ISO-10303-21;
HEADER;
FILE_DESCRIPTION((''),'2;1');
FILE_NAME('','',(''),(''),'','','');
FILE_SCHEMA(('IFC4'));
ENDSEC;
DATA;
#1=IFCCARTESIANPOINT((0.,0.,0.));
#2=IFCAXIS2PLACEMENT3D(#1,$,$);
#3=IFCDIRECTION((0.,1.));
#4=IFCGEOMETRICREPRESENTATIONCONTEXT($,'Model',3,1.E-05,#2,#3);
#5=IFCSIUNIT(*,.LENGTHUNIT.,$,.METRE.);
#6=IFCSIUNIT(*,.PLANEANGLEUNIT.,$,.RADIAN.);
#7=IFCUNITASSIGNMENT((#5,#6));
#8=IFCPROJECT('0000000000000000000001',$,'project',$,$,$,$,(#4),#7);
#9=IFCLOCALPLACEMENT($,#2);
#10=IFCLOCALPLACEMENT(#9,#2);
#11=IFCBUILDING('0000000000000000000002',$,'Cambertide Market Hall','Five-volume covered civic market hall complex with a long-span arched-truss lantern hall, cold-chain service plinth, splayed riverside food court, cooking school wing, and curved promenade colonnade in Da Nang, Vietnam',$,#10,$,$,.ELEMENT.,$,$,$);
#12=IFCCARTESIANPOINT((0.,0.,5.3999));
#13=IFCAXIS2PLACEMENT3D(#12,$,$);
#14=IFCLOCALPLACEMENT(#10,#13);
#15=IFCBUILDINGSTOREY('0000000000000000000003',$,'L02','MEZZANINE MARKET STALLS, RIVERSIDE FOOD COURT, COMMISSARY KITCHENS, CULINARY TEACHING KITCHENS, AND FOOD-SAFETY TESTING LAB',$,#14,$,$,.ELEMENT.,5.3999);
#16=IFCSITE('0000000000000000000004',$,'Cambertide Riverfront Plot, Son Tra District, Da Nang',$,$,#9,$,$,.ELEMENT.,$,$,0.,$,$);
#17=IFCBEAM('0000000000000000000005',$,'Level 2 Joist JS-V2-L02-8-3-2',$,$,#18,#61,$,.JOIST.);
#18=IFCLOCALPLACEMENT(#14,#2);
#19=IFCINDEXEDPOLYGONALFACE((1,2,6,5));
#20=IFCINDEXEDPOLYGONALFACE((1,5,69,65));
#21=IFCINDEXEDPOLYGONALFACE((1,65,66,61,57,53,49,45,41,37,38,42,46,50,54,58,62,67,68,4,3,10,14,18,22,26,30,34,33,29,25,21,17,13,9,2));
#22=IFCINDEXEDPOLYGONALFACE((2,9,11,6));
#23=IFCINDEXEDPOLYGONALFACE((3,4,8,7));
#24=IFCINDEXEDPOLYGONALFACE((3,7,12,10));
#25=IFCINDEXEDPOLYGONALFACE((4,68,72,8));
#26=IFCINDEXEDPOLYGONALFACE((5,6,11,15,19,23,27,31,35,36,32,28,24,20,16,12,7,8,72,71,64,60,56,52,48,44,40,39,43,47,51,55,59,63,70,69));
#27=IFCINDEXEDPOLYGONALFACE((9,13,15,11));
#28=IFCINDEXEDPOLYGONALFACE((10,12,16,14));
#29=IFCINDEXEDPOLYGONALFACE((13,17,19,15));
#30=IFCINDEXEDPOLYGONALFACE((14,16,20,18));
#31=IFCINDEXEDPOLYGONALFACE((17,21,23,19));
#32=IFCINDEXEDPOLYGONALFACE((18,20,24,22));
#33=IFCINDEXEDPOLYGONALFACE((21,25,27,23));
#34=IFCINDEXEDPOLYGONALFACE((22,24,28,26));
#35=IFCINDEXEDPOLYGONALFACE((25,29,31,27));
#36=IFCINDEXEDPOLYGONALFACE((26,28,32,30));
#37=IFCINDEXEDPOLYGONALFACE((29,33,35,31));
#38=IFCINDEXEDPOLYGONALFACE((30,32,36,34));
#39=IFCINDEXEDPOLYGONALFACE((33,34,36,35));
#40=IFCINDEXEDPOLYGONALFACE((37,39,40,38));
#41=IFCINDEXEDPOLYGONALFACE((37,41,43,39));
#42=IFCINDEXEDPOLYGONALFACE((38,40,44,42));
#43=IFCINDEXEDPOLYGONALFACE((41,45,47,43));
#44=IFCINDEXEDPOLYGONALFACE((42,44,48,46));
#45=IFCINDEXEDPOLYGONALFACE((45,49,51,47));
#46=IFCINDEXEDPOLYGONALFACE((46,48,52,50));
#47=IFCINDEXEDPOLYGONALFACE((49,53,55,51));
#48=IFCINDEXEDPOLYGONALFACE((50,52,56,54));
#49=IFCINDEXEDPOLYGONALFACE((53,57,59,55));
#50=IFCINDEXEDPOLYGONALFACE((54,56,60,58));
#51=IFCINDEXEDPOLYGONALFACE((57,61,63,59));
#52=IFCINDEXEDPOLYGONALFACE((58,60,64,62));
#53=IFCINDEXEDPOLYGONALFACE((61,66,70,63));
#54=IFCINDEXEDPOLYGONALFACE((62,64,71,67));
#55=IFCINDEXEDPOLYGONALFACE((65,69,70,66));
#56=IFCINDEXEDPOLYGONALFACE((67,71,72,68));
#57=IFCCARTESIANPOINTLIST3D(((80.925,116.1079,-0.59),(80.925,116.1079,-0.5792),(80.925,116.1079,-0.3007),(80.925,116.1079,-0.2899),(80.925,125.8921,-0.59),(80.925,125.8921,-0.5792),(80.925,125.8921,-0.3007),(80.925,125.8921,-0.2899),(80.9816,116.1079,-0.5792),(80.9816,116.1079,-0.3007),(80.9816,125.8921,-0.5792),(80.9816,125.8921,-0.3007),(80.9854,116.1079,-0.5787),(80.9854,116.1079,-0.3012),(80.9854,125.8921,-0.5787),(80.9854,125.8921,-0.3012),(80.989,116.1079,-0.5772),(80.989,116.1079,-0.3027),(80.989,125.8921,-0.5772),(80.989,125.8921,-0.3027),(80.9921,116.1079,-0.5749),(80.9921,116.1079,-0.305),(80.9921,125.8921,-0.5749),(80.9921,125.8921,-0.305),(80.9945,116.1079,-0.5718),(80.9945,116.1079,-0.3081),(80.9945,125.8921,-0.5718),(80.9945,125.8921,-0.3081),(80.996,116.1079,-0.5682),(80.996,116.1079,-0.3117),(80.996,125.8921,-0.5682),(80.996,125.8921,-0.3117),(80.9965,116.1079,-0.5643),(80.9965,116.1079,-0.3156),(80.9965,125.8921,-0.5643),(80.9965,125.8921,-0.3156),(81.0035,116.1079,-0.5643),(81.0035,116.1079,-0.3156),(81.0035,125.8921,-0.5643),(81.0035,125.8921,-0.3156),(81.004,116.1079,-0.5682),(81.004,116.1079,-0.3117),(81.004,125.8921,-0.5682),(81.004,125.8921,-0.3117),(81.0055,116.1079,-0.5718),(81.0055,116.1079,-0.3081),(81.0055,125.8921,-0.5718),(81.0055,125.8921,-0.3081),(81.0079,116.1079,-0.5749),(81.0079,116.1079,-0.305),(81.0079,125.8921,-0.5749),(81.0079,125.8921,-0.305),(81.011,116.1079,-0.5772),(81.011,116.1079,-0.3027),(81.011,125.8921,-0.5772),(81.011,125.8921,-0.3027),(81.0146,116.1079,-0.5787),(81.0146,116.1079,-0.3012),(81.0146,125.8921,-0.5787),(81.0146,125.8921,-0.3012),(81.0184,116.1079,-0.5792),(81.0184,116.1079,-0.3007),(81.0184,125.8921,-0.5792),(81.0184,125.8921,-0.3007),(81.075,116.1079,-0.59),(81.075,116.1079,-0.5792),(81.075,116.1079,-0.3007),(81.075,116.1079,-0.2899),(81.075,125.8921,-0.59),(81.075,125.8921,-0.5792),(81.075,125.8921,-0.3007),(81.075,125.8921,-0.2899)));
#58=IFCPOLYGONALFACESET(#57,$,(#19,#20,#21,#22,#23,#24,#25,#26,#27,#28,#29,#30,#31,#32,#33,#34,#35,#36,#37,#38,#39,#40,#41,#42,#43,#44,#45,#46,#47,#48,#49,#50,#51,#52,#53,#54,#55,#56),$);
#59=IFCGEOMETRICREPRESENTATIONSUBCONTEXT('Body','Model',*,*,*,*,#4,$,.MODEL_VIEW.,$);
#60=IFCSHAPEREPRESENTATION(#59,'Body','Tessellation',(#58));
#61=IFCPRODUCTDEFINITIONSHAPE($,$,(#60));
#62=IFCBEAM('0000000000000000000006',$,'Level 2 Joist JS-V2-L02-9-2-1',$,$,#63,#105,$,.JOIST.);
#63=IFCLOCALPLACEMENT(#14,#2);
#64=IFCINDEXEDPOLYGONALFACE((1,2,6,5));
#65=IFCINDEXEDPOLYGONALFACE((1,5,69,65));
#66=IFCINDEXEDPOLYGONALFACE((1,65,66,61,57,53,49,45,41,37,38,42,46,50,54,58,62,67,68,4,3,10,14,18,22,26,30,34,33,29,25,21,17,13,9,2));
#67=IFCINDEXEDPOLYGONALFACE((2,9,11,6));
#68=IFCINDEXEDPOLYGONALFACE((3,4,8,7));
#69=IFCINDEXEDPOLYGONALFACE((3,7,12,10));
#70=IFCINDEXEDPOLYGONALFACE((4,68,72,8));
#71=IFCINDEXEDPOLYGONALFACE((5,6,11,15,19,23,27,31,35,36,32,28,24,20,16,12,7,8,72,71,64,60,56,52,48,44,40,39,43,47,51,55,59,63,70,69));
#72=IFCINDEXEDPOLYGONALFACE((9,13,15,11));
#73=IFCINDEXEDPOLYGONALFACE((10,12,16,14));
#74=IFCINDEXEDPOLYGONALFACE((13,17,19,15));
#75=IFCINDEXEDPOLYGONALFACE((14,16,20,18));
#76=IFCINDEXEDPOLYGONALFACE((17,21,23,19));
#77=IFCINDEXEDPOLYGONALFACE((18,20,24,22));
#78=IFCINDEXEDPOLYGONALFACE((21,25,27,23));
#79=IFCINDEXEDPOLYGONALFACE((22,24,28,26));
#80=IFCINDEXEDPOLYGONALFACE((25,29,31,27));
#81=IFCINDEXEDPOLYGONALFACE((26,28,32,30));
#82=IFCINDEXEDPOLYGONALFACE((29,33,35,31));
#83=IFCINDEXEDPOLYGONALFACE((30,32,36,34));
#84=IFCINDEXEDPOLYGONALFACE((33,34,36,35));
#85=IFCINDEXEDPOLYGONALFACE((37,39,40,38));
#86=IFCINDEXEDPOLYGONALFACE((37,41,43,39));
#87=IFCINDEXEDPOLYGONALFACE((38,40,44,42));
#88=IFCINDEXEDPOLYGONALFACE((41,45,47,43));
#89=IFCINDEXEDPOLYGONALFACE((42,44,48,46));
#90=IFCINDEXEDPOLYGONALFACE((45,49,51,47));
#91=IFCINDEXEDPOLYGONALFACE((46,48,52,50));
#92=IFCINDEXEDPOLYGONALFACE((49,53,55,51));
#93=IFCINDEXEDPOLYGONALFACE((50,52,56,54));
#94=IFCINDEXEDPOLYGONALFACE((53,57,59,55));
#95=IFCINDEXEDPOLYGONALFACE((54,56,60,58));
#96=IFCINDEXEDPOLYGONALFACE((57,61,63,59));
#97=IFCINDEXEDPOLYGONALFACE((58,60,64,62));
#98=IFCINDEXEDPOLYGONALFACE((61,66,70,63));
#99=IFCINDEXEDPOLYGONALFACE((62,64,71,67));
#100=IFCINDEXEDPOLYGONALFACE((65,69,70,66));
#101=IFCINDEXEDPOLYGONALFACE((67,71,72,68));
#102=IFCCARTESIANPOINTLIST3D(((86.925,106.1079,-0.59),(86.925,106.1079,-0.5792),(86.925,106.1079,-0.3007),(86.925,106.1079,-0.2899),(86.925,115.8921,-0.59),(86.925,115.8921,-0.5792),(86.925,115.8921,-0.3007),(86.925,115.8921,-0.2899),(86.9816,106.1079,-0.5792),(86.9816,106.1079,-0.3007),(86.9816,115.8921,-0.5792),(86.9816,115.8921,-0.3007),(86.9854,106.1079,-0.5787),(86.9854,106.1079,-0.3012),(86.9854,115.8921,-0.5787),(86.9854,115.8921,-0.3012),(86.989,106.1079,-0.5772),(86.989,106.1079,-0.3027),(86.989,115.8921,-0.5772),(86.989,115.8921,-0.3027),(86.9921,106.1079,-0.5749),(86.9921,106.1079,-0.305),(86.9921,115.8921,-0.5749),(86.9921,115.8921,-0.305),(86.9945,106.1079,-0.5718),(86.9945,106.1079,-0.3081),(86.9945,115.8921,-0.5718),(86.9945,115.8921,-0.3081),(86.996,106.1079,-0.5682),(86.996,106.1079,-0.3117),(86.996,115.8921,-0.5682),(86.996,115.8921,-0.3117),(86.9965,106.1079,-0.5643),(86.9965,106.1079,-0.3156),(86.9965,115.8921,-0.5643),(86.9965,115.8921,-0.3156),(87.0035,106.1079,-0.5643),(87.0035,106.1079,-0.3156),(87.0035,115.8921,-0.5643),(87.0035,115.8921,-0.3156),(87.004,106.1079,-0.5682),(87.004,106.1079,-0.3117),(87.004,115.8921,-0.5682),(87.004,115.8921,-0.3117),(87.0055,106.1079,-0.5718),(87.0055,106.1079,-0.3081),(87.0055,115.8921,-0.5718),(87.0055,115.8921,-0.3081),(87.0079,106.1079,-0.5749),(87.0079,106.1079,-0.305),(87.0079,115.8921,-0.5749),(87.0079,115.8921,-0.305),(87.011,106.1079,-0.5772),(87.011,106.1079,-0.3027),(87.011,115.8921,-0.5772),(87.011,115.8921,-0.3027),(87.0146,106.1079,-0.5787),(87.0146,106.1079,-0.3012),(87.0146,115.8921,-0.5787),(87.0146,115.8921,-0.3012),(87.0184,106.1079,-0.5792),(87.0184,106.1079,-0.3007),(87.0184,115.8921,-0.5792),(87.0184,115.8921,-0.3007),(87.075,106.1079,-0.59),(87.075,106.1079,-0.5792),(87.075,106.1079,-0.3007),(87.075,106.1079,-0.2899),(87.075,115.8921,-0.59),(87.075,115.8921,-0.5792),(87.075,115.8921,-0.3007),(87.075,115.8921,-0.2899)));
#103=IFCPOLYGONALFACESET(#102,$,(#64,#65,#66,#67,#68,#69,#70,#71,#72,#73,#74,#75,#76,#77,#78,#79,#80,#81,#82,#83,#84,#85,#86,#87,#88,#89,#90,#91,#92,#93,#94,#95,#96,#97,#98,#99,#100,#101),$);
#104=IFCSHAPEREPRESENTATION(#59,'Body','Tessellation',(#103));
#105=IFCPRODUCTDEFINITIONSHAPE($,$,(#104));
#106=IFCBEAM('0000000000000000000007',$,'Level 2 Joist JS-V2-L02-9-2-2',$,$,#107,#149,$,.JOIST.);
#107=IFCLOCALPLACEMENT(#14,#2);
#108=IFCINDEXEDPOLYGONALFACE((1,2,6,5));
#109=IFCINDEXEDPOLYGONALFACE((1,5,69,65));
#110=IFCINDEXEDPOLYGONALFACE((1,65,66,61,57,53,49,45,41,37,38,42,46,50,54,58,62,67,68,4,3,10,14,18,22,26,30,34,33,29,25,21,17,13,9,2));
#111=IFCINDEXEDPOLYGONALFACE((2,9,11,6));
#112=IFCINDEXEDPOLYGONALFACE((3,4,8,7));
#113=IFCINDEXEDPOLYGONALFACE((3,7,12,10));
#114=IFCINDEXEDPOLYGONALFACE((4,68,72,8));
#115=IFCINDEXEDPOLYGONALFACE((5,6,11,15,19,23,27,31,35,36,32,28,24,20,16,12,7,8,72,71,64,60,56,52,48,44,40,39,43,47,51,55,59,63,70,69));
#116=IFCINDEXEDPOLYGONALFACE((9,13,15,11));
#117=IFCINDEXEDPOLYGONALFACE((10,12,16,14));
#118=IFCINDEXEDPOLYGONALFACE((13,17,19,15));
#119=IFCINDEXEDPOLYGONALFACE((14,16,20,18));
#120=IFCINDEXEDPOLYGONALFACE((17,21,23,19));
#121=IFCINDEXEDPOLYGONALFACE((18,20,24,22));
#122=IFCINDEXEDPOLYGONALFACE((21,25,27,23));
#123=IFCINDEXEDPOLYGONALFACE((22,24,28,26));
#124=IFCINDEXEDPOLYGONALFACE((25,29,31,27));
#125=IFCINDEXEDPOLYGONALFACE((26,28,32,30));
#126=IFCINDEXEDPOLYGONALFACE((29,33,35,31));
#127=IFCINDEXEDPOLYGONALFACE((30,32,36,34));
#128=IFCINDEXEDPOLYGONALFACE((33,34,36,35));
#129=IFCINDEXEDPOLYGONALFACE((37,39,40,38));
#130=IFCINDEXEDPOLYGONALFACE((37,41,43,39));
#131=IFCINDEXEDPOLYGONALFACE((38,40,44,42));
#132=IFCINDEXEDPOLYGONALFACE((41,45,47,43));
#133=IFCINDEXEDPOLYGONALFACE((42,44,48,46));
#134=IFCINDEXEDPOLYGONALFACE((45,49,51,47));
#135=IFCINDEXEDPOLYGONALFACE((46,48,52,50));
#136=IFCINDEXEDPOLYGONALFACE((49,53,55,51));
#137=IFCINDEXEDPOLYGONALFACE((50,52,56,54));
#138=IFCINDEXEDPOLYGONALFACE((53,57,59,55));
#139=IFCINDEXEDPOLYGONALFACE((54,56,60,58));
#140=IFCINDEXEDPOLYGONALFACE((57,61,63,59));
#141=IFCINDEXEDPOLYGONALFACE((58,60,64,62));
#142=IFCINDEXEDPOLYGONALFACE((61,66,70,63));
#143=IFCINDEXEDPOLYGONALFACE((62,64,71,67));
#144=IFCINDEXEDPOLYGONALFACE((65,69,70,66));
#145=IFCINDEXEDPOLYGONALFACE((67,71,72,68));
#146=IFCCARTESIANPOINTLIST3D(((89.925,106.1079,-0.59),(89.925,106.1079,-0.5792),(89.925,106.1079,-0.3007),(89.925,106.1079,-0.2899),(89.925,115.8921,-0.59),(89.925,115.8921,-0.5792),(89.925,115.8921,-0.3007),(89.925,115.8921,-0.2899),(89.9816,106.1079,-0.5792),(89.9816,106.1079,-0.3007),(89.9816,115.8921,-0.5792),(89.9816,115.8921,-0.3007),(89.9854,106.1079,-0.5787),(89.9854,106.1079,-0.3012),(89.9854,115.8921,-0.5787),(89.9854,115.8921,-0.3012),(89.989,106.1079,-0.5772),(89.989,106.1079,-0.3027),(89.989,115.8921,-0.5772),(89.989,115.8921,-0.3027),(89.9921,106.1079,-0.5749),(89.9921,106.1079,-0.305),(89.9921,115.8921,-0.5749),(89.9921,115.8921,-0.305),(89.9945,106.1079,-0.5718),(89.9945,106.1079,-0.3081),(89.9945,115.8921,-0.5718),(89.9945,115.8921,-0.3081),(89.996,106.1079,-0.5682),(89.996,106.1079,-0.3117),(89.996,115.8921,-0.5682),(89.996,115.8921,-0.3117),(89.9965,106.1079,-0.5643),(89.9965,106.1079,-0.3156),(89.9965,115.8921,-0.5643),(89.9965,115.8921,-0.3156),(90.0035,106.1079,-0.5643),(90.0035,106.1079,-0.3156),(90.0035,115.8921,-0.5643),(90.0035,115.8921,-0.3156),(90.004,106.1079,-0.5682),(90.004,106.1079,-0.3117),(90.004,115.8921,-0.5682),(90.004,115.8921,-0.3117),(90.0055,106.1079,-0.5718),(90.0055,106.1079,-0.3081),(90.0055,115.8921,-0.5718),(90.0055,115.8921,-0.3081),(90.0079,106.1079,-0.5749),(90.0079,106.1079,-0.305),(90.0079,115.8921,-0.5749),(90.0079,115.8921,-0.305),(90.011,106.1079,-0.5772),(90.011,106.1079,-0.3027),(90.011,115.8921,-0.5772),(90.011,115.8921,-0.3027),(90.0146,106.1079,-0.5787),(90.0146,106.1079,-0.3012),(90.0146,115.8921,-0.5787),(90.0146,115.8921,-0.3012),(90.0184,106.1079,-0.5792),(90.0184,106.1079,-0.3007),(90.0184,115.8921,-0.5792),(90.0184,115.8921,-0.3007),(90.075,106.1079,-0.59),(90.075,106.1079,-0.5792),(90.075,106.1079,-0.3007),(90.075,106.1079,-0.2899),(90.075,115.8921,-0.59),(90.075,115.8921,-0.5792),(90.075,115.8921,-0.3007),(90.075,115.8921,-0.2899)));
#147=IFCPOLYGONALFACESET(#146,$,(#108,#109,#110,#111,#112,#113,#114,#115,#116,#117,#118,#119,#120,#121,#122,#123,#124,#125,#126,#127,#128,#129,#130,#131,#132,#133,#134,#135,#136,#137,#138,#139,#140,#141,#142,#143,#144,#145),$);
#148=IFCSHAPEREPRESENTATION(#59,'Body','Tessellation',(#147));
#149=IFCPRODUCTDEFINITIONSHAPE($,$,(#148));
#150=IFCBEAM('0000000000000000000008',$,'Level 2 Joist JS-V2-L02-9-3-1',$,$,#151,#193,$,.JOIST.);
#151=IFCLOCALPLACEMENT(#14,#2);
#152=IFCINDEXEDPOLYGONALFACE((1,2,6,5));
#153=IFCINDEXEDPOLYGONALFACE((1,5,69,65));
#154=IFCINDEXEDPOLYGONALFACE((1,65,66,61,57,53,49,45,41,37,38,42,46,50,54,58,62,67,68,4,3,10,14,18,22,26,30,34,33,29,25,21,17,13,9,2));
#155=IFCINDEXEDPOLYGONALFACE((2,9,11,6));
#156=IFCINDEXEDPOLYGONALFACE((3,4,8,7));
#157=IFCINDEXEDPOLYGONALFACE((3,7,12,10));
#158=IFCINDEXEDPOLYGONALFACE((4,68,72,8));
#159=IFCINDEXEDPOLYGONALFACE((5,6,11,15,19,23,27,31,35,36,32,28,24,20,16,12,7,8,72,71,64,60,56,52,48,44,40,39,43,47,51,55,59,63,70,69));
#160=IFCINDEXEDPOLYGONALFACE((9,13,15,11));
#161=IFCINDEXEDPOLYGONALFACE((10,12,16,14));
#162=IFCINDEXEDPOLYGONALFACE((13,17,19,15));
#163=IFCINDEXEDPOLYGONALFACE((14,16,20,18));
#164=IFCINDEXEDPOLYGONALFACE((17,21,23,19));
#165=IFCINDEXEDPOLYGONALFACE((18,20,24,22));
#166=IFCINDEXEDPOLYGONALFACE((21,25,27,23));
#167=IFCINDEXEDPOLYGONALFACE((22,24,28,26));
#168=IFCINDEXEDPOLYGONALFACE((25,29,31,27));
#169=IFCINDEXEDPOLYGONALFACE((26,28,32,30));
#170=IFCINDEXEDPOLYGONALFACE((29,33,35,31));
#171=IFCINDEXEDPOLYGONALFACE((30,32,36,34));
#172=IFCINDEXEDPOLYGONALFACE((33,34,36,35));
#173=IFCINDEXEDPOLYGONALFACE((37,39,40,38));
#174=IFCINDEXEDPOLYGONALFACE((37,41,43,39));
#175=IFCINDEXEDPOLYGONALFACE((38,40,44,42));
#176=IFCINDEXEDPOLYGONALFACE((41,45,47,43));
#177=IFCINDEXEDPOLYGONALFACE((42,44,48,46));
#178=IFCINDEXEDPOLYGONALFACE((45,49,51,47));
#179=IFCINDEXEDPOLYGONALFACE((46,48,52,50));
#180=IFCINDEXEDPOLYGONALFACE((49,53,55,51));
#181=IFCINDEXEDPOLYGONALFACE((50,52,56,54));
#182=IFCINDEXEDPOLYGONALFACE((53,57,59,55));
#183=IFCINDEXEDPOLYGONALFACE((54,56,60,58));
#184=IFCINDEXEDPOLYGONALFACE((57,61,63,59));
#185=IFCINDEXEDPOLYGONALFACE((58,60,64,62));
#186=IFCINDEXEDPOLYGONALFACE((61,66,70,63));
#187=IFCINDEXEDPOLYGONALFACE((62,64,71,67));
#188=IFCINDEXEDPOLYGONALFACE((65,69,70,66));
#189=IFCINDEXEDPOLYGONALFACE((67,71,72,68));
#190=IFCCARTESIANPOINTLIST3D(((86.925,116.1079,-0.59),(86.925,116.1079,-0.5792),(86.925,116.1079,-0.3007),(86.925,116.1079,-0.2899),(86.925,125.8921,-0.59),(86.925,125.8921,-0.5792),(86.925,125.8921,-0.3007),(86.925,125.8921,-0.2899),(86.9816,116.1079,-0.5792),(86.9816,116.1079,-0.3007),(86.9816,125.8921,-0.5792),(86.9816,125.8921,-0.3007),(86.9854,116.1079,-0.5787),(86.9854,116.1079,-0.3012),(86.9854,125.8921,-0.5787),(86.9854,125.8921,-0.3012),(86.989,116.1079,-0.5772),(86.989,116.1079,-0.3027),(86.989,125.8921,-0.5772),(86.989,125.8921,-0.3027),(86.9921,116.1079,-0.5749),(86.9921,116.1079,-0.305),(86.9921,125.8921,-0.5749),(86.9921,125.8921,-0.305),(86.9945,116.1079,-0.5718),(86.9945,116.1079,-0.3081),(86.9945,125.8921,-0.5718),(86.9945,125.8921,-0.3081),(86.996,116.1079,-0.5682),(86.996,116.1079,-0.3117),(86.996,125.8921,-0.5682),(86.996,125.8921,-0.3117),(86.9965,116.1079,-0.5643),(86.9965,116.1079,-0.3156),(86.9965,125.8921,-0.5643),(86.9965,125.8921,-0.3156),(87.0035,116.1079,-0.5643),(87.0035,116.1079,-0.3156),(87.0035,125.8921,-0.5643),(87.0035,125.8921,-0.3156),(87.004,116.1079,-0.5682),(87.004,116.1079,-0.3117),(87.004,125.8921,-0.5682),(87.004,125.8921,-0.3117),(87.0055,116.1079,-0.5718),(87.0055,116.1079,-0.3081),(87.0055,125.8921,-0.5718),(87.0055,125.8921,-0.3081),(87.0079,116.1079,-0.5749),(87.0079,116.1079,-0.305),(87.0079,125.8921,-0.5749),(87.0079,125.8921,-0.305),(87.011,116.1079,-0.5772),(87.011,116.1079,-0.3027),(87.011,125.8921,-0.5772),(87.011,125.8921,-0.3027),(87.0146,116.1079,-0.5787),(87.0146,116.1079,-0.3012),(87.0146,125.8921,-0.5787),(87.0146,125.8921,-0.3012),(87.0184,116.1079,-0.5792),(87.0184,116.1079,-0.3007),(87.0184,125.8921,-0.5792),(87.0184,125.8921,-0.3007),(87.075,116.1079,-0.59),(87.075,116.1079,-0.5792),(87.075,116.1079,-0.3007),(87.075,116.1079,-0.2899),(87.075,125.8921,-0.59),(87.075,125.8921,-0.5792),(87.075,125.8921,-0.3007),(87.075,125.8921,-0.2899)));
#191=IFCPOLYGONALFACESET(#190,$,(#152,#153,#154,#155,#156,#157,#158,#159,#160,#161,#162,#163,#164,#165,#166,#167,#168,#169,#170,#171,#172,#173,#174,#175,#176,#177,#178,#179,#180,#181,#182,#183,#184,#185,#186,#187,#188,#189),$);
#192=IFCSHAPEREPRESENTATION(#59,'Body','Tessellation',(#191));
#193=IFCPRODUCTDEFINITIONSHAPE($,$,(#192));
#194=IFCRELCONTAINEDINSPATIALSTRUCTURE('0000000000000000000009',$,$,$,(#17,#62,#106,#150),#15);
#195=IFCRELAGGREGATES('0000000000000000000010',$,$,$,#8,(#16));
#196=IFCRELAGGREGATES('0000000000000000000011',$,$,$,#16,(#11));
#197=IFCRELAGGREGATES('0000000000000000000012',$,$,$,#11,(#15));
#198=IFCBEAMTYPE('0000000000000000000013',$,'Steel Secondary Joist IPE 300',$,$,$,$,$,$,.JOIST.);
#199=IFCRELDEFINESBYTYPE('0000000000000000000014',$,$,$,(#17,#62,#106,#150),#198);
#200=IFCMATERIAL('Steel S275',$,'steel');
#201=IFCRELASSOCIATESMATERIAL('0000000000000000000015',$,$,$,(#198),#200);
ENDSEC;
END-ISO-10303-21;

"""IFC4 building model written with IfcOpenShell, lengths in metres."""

from ifc_helpers import new_model, si_unit, direction, frame, origin, origin_2d, place, context, subcontext, project, spatial, i_section, extrude, material, material_profile, profile_set, type_object, element, save


model = new_model("IFC4")

# Units and contexts
model_context = context("Model", 3, precision=1e-05, world=origin(), true_north=direction((0.0, 1.0)))
body_context = subcontext(model_context, "Body", "Model", "MODEL_VIEW")
ifc_project = project(units=[si_unit("LENGTHUNIT", "METRE"), si_unit("PLANEANGLEUNIT", "RADIAN")], contexts=[model_context])

# Site, building, storey
site_placement = place(None, origin())
site = spatial("IfcSite", under=ifc_project, at=site_placement, Name="Cambertide Riverfront Plot, Son Tra District, Da Nang", CompositionType="ELEMENT", RefElevation=0.0)
building_placement = place(site_placement, origin())
building = spatial("IfcBuilding", under=site, at=building_placement, Name="Cambertide Market Hall", Description="Five-volume covered civic market hall complex with a long-span arched-truss lantern hall, cold-chain service plinth, splayed riverside food court, cooking school wing, and curved promenade colonnade in Da Nang, Vietnam", CompositionType="ELEMENT")
storey_placement = place(building_placement, frame((0.0, 0.0, 5.3999)))
storey = spatial("IfcBuildingStorey", under=building, at=storey_placement, Name="L02", Description="MEZZANINE MARKET STALLS, RIVERSIDE FOOD COURT, COMMISSARY KITCHENS, CULINARY TEACHING KITCHENS, AND FOOD-SAFETY TESTING LAB", CompositionType="ELEMENT", Elevation=5.3999)

# Beams
ifc_material_1 = material(Name="Steel S275", Category="steel")
ifc_material_profile_1 = material_profile(ifc_material_1, i_section(OverallWidth=0.1499, OverallDepth=0.3, WebThickness=0.0071, FlangeThickness=0.0107, FilletRadius=0.0149, at=origin_2d()), Name="IPE 300")
ifc_profile_set_1 = profile_set([ifc_material_profile_1], Name="Steel S275")
beam_type_1 = type_object("IfcBeamType", Name="Steel Secondary Joist IPE 300", PredefinedType="JOIST", material=ifc_profile_set_1)
for number, where, z_axis, x_axis, name in (
    (1, (81.0, 116.1079, -0.4399), (0.0, 1.0, 0.0), (-1.0, 0.0, 0.0), "Level 2 Joist JS-V2-L02-8-3-2"),
    (2, (87.0, 106.1079, -0.4399), (0.0, 1.0, 0.0), (-1.0, 0.0, 0.0), "Level 2 Joist JS-V2-L02-9-2-1"),
    (3, (90.0, 106.1079, -0.4399), (0.0, 1.0, 0.0), (-1.0, 0.0, 0.0), "Level 2 Joist JS-V2-L02-9-2-2"),
    (4, (87.0, 116.1079, -0.4399), (0.0, 1.0, 0.0), (-1.0, 0.0, 0.0), "Level 2 Joist JS-V2-L02-9-3-1"),
):
    element("IfcBeam", number, at=place(storey_placement, frame(where, z_axis=z_axis, x_axis=x_axis)), inside=storey, type_object=beam_type_1, Name=name, PredefinedType="JOIST", context=body_context, shape_type="SweptSolid", body=[
        extrude(i_section(OverallWidth=0.1499, OverallDepth=0.3, WebThickness=0.0071, FlangeThickness=0.0107, FilletRadius=0.0149, at=origin_2d()), origin(), (0.0, 0.0, 1.0), 9.7842),
    ])

save(model, "model.ifc")
